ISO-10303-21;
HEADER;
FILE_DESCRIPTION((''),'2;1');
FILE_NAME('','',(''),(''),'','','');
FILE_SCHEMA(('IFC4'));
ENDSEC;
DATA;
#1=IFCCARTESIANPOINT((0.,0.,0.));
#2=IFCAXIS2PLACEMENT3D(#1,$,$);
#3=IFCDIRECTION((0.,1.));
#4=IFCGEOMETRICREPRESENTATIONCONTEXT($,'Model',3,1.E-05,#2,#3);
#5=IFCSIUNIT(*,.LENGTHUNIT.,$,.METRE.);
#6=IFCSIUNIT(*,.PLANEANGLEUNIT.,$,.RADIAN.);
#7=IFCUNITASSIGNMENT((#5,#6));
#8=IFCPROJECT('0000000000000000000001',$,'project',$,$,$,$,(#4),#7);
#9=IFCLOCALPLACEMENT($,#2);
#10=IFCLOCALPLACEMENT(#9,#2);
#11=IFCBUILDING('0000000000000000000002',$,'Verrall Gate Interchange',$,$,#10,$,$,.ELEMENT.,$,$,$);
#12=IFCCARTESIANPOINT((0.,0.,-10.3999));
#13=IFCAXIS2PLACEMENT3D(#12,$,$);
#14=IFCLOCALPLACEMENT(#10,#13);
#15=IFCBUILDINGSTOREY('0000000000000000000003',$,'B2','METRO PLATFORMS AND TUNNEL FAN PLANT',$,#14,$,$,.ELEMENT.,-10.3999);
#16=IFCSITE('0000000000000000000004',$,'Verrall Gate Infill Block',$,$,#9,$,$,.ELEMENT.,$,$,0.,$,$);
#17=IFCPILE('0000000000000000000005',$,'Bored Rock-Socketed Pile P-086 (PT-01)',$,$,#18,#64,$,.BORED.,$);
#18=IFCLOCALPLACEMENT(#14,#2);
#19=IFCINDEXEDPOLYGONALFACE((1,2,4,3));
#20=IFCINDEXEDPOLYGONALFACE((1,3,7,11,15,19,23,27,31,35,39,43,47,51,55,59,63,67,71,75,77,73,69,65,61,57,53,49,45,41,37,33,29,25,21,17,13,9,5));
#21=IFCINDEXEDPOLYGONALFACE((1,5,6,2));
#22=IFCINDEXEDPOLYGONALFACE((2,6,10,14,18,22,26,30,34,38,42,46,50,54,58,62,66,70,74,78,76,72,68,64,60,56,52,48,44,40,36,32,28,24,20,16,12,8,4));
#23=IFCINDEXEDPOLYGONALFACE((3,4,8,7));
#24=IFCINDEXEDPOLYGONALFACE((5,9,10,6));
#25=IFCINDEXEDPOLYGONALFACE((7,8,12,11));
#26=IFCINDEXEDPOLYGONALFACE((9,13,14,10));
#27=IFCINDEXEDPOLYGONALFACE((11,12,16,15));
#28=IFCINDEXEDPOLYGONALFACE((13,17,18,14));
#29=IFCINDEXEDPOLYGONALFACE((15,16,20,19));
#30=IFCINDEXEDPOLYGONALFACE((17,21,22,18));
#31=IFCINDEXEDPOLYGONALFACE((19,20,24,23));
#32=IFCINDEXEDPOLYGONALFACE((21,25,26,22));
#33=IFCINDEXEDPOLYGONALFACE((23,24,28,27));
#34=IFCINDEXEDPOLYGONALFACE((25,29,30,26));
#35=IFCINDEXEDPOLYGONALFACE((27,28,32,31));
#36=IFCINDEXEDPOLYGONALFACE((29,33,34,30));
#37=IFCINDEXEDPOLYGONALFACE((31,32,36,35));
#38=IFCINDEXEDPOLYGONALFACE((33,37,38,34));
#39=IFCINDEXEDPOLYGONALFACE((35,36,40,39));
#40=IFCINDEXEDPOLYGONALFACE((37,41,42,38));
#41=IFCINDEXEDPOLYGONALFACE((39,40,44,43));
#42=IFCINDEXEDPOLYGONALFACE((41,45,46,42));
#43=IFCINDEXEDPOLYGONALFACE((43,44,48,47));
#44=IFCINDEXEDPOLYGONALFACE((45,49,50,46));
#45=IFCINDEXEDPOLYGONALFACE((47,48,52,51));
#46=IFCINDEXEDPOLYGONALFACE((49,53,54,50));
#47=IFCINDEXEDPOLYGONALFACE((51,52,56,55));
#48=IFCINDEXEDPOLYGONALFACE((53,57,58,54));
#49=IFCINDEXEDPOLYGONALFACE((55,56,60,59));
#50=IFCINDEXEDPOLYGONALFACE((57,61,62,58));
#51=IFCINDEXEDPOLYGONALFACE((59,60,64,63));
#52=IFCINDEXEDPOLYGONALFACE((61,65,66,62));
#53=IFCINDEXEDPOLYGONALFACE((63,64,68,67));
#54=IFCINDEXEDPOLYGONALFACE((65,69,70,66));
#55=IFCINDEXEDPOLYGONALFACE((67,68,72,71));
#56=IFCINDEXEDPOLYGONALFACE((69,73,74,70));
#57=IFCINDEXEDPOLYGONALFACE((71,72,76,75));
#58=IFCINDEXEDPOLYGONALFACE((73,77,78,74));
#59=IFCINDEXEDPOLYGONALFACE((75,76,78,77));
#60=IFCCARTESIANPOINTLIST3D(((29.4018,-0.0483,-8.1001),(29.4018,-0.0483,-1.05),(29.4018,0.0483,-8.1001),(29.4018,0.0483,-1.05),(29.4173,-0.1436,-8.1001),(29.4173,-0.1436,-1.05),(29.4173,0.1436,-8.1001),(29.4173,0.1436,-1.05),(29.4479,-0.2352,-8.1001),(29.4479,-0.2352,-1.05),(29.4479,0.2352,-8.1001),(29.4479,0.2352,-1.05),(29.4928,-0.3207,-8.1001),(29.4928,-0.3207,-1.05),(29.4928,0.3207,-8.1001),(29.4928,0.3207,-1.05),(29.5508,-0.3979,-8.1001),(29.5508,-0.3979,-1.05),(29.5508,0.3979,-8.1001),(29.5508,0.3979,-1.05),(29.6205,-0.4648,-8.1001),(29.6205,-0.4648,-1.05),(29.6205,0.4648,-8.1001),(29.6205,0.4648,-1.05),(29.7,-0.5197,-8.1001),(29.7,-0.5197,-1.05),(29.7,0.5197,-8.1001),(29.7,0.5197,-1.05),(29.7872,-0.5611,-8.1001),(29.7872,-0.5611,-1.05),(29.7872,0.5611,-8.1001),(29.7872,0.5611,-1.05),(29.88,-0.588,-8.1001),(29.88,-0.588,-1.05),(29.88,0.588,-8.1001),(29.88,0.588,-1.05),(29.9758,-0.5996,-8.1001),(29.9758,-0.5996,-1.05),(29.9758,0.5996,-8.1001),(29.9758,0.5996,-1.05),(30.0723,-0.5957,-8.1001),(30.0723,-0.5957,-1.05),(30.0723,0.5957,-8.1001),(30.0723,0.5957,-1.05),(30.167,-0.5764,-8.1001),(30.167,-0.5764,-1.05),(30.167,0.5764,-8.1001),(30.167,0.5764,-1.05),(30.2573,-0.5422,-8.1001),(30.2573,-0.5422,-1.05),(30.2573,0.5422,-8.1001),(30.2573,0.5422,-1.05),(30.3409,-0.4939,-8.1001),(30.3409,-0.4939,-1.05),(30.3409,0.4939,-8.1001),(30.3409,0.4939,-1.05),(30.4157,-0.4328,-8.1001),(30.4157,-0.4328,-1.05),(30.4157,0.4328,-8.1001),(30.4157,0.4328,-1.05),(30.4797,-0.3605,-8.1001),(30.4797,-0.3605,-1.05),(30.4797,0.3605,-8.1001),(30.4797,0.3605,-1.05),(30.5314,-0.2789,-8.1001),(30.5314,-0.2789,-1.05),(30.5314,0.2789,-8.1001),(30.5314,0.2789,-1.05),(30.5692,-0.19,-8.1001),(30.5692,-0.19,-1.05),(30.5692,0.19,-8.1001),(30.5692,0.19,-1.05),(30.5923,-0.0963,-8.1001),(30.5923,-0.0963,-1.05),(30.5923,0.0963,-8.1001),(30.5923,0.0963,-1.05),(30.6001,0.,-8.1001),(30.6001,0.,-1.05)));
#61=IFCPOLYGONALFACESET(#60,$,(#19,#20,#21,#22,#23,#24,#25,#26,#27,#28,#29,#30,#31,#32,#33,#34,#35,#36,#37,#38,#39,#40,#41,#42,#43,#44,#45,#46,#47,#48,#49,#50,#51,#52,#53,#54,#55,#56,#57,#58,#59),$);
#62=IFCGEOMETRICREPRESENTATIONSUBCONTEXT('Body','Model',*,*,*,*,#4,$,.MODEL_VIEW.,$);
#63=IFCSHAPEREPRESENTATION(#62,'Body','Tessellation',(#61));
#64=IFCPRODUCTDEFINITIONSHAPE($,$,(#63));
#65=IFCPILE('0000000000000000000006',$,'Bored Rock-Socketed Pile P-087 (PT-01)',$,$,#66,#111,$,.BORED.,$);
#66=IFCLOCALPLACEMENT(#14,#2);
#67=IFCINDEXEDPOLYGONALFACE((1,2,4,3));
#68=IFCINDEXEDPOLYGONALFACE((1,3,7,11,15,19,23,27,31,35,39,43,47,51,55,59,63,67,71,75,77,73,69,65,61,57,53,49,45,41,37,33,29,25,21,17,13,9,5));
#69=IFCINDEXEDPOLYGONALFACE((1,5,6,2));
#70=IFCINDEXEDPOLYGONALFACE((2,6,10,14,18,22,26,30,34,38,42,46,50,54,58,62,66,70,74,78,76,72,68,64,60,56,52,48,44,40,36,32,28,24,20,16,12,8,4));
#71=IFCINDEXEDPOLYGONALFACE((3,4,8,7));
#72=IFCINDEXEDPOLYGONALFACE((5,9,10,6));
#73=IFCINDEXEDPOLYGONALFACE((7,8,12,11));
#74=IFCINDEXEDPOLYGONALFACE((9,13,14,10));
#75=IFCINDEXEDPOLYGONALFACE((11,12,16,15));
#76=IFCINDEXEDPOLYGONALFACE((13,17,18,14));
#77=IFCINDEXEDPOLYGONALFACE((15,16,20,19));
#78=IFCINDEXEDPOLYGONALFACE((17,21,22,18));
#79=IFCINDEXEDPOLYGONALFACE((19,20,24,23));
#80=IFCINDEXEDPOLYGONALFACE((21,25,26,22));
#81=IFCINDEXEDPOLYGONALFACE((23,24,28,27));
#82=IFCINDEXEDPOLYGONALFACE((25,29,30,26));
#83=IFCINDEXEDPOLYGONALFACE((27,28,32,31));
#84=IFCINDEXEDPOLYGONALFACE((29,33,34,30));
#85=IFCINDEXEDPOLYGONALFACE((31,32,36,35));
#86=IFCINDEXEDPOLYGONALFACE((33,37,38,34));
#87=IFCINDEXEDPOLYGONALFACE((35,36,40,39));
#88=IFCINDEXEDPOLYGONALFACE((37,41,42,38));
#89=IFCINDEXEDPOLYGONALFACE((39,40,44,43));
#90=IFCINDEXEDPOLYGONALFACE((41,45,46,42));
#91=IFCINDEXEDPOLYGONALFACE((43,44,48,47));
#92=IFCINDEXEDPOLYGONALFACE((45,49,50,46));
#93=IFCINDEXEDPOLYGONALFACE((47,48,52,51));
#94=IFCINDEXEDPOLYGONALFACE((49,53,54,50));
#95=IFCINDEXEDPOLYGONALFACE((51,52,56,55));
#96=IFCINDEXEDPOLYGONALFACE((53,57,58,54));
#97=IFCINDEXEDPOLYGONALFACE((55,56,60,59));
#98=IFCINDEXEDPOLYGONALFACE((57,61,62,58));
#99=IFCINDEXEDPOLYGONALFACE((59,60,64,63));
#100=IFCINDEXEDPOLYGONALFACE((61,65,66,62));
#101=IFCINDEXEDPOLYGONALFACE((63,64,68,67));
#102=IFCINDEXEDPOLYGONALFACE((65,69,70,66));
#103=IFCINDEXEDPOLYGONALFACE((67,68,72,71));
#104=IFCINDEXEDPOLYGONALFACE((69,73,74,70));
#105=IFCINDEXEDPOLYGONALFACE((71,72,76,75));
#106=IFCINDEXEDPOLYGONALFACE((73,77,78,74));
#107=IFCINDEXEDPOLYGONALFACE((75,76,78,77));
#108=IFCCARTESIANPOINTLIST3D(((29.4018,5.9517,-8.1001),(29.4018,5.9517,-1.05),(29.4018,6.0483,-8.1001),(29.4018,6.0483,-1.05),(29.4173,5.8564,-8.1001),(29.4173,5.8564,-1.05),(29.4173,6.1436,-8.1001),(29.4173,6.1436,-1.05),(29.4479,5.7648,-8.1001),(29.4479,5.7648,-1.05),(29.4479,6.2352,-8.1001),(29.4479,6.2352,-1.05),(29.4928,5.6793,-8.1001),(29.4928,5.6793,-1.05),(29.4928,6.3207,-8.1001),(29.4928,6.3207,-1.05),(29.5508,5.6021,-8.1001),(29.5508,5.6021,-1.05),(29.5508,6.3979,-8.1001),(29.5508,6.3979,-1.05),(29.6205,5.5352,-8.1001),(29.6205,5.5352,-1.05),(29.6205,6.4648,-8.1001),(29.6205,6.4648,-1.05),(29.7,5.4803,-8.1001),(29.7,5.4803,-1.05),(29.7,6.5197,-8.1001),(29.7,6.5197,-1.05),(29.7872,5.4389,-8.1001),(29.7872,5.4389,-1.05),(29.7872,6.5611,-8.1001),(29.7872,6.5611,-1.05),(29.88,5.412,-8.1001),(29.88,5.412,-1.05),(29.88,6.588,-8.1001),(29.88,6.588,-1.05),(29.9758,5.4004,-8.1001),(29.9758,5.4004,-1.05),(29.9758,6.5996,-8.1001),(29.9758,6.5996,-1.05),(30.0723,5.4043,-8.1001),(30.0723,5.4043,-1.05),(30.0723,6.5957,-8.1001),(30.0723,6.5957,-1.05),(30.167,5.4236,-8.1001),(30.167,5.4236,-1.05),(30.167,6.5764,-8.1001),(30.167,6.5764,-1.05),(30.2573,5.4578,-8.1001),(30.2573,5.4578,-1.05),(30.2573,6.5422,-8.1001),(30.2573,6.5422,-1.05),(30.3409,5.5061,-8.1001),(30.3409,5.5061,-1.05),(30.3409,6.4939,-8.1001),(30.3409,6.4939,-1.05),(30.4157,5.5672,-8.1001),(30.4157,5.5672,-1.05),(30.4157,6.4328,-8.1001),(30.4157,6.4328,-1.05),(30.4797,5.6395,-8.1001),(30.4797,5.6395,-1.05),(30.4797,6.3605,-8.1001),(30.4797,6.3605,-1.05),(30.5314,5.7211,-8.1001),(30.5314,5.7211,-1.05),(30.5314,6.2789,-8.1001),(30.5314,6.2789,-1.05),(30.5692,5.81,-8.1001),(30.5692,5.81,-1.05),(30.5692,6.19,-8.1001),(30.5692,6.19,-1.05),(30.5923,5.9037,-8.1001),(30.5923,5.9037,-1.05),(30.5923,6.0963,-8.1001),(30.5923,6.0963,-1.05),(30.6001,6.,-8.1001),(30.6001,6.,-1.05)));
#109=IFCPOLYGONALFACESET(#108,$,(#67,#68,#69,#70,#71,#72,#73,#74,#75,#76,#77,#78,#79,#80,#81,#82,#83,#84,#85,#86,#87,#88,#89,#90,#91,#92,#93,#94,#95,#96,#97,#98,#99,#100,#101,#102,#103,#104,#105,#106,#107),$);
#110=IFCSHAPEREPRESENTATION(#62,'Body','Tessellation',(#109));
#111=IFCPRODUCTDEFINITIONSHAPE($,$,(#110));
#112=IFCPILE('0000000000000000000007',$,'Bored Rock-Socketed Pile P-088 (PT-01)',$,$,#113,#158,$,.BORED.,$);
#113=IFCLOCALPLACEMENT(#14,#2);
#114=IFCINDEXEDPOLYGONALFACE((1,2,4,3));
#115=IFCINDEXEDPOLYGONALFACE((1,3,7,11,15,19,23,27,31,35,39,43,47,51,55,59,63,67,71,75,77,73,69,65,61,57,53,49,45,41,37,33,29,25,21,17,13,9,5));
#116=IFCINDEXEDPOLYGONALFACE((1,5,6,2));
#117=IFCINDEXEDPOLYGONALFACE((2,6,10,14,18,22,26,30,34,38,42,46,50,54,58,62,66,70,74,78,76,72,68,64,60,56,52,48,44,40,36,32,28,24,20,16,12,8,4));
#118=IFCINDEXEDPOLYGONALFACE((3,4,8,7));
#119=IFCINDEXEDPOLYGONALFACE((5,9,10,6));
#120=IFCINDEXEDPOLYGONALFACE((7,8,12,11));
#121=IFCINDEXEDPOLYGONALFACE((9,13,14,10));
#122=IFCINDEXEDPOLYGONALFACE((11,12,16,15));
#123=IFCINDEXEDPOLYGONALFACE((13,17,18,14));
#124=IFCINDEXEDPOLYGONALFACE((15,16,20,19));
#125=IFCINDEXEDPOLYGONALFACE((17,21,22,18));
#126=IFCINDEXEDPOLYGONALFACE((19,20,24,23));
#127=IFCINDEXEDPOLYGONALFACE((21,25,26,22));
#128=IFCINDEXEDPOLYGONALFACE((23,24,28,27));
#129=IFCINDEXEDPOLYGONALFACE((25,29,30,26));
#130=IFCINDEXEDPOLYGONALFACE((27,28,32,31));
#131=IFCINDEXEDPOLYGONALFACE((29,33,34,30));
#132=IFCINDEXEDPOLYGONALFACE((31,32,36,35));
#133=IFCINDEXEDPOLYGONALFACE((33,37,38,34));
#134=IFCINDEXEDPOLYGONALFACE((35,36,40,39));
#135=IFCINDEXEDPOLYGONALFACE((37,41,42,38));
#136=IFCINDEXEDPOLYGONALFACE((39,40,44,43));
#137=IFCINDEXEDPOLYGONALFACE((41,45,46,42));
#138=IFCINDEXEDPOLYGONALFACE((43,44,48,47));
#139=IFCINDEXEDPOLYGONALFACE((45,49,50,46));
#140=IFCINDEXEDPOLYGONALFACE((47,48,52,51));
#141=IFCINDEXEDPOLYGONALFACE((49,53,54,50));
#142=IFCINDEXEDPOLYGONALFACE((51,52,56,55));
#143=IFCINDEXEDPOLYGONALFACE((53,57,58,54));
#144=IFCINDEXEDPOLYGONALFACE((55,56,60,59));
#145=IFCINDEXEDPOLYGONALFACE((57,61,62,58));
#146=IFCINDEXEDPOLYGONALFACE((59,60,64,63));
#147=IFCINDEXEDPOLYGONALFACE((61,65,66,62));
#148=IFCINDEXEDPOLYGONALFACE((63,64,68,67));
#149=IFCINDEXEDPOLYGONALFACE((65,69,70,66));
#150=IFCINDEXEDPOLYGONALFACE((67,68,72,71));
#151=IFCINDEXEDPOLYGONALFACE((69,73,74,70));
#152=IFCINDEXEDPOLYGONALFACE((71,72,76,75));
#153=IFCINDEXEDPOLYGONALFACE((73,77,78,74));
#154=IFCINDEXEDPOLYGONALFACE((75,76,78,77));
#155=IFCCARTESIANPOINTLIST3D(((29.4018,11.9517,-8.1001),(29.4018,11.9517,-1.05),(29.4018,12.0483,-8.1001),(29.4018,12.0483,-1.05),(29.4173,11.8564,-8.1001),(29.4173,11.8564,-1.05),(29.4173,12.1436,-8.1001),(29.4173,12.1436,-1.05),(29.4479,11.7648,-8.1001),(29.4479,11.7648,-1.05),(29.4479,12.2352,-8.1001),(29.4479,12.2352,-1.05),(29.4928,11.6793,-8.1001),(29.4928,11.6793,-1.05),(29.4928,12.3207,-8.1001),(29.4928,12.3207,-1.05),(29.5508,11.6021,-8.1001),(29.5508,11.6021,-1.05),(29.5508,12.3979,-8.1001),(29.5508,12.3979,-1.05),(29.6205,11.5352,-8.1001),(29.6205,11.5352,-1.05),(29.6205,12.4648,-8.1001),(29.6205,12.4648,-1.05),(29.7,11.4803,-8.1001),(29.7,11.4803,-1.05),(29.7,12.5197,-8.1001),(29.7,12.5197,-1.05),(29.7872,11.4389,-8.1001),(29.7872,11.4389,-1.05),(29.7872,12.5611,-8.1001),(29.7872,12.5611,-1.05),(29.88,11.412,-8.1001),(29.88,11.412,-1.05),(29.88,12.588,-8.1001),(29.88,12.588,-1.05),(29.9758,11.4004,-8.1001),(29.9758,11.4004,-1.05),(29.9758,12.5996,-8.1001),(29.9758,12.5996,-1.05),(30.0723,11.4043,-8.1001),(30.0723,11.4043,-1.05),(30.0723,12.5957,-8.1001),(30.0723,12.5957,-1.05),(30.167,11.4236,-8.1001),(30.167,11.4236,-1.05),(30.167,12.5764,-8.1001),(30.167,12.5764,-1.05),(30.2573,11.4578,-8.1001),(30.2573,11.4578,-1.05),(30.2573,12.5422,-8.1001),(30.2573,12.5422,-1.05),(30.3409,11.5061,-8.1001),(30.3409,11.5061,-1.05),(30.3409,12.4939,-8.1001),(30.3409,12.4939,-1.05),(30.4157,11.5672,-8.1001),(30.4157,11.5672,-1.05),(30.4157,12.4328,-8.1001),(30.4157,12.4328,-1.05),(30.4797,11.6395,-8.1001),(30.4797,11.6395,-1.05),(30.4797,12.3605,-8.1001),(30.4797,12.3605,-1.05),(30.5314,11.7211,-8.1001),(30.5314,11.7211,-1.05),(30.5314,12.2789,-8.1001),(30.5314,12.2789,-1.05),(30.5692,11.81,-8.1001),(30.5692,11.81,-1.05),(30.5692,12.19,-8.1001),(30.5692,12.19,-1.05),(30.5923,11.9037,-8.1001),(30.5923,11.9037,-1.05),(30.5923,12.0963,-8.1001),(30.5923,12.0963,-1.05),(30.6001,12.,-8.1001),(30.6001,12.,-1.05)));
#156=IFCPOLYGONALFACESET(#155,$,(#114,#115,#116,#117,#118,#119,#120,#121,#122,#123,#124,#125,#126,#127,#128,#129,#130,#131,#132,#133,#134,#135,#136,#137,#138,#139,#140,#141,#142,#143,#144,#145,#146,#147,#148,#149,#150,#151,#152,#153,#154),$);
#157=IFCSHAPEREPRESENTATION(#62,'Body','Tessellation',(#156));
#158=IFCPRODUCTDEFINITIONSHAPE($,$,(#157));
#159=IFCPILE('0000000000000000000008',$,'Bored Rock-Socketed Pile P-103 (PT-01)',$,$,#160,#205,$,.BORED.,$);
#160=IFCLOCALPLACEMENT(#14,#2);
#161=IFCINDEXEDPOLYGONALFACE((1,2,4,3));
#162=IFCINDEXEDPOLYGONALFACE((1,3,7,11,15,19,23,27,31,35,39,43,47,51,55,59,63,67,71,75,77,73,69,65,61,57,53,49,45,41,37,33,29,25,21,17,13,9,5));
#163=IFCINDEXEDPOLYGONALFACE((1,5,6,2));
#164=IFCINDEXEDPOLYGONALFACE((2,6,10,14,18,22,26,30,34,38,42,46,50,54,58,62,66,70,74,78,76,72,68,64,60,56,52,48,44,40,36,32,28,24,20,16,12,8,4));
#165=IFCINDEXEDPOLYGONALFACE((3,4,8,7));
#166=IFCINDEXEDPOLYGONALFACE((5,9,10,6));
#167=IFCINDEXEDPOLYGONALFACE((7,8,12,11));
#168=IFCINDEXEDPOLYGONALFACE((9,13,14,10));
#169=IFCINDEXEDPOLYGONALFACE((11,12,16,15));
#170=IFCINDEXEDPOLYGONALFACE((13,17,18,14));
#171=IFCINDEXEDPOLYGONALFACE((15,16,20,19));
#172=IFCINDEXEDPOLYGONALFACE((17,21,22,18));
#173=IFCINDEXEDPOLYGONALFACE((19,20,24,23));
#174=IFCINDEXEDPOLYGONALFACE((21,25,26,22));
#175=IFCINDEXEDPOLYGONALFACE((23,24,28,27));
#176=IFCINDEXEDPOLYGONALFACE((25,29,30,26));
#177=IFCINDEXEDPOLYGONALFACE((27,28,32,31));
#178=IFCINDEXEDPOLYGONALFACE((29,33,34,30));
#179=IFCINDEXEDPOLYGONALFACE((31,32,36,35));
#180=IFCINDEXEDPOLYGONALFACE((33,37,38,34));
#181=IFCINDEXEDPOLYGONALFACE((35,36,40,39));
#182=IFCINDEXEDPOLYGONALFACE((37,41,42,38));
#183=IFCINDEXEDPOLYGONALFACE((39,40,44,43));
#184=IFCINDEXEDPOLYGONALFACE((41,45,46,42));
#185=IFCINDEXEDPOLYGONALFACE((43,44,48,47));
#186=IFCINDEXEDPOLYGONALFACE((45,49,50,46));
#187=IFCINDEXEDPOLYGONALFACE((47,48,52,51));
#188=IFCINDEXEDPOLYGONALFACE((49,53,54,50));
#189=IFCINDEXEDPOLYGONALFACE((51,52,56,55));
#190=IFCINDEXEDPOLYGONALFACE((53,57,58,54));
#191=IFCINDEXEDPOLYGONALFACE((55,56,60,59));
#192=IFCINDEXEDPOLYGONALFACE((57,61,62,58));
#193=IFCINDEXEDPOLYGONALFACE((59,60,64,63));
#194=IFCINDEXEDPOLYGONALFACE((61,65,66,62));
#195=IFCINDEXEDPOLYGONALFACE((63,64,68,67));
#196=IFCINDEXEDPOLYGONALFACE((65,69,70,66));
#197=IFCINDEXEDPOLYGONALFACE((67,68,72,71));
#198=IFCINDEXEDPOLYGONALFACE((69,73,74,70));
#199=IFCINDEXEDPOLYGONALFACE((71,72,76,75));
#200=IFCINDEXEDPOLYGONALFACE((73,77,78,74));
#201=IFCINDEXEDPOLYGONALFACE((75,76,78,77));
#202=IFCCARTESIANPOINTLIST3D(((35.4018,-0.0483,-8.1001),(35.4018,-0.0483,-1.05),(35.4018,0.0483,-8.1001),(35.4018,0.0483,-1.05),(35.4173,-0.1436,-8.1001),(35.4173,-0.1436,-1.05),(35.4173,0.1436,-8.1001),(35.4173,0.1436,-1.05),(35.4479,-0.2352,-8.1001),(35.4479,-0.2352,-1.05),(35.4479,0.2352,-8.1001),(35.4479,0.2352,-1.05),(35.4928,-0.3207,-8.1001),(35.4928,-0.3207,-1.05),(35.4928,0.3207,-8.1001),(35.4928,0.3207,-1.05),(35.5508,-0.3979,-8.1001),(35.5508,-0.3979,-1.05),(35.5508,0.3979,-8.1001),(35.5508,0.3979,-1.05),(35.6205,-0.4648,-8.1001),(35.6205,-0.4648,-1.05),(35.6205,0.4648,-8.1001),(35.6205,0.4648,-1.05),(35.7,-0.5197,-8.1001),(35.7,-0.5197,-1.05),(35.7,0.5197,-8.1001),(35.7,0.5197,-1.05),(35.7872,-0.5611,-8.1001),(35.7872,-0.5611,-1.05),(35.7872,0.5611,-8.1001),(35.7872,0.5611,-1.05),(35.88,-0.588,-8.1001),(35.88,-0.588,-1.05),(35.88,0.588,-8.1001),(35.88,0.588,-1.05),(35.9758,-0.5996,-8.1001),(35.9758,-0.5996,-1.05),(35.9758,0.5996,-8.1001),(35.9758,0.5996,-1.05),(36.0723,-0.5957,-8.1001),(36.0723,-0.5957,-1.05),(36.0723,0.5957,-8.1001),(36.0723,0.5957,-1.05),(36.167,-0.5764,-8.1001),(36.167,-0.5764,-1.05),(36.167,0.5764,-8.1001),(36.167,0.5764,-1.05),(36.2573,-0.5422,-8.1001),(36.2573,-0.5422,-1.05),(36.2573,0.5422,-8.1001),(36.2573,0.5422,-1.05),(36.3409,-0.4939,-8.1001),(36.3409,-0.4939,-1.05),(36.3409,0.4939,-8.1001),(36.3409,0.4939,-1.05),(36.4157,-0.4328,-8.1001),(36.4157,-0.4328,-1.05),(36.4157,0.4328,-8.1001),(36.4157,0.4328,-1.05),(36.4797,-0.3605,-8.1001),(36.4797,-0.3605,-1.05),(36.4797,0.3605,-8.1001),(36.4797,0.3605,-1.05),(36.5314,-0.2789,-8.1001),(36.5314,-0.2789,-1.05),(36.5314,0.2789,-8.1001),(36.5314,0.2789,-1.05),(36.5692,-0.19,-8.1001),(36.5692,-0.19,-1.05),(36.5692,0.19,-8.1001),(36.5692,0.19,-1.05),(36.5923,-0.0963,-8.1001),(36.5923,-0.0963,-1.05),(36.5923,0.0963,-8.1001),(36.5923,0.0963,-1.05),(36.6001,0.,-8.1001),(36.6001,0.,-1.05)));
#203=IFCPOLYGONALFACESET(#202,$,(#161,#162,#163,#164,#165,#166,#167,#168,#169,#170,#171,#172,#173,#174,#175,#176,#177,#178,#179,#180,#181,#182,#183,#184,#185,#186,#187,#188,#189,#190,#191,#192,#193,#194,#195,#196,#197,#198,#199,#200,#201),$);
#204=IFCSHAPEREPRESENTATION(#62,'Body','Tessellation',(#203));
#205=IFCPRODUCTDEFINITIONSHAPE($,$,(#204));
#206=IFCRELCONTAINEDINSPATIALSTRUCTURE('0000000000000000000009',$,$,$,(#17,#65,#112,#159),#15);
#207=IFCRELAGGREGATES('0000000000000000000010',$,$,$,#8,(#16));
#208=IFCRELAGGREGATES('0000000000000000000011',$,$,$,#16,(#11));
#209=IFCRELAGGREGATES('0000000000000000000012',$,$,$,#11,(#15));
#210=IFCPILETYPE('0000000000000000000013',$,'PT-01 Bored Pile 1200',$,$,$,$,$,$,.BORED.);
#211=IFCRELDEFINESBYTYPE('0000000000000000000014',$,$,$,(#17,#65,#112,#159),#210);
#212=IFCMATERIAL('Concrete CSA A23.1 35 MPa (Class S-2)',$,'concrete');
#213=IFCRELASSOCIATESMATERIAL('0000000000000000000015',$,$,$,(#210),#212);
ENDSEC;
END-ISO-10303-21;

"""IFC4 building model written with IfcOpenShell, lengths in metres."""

from ifc_helpers import new_model, si_unit, direction, frame, origin, origin_2d, place, context, subcontext, project, spatial, circle, extrude, material, material_profile, profile_set, type_object, element, save


model = new_model("IFC4")

# Units and contexts
model_context = context("Model", 3, precision=1e-05, world=origin(), true_north=direction((0.0, 1.0)))
body_context = subcontext(model_context, "Body", "Model", "MODEL_VIEW")
ifc_project = project(units=[si_unit("LENGTHUNIT", "METRE"), si_unit("PLANEANGLEUNIT", "RADIAN")], contexts=[model_context])

# Site, building, storey
site_placement = place(None, origin())
site = spatial("IfcSite", under=ifc_project, at=site_placement, Name="Verrall Gate Infill Block", CompositionType="ELEMENT", RefElevation=0.0)
building_placement = place(site_placement, origin())
building = spatial("IfcBuilding", under=site, at=building_placement, Name="Verrall Gate Interchange", CompositionType="ELEMENT")
storey_placement = place(building_placement, frame((0.0, 0.0, -10.3999)))
storey = spatial("IfcBuildingStorey", under=building, at=storey_placement, Name="B2", Description="METRO PLATFORMS AND TUNNEL FAN PLANT", CompositionType="ELEMENT", Elevation=-10.3999)

# Piles
ifc_material_1 = material(Name="Concrete CSA A23.1 35 MPa (Class S-2)", Category="concrete")
ifc_material_profile_1 = material_profile(ifc_material_1, circle(Radius=0.6001, at=origin_2d()), Name="PILE1200D")
ifc_profile_set_1 = profile_set([ifc_material_profile_1], Name="Concrete CSA A23.1 35 MPa (Class S-2)")
pile_type = type_object("IfcPileType", Name="PT-01 Bored Pile 1200", PredefinedType="BORED", material=ifc_profile_set_1)
for number, where, z_axis, x_axis, name in (
    (1, (30.0, 0.0, -1.05), (0.0, 0.0, -1.0), (1.0, 0.0, 0.0), "Bored Rock-Socketed Pile P-086 (PT-01)"),
    (2, (30.0, 6.0, -1.05), (0.0, 0.0, -1.0), (1.0, 0.0, 0.0), "Bored Rock-Socketed Pile P-087 (PT-01)"),
    (3, (30.0, 12.0, -1.05), (0.0, 0.0, -1.0), (1.0, 0.0, 0.0), "Bored Rock-Socketed Pile P-088 (PT-01)"),
    (4, (36.0, 0.0, -1.05), (0.0, 0.0, -1.0), (1.0, 0.0, 0.0), "Bored Rock-Socketed Pile P-103 (PT-01)"),
):
    element("IfcPile", number, at=place(storey_placement, frame(where, z_axis=z_axis, x_axis=x_axis)), inside=storey, type_object=pile_type, Name=name, PredefinedType="BORED", context=body_context, shape_type="SweptSolid", body=[
        extrude(circle(Radius=0.6001, at=origin_2d()), origin(), (0.0, 0.0, 1.0), 7.05),
    ])

save(model, "model.ifc")
